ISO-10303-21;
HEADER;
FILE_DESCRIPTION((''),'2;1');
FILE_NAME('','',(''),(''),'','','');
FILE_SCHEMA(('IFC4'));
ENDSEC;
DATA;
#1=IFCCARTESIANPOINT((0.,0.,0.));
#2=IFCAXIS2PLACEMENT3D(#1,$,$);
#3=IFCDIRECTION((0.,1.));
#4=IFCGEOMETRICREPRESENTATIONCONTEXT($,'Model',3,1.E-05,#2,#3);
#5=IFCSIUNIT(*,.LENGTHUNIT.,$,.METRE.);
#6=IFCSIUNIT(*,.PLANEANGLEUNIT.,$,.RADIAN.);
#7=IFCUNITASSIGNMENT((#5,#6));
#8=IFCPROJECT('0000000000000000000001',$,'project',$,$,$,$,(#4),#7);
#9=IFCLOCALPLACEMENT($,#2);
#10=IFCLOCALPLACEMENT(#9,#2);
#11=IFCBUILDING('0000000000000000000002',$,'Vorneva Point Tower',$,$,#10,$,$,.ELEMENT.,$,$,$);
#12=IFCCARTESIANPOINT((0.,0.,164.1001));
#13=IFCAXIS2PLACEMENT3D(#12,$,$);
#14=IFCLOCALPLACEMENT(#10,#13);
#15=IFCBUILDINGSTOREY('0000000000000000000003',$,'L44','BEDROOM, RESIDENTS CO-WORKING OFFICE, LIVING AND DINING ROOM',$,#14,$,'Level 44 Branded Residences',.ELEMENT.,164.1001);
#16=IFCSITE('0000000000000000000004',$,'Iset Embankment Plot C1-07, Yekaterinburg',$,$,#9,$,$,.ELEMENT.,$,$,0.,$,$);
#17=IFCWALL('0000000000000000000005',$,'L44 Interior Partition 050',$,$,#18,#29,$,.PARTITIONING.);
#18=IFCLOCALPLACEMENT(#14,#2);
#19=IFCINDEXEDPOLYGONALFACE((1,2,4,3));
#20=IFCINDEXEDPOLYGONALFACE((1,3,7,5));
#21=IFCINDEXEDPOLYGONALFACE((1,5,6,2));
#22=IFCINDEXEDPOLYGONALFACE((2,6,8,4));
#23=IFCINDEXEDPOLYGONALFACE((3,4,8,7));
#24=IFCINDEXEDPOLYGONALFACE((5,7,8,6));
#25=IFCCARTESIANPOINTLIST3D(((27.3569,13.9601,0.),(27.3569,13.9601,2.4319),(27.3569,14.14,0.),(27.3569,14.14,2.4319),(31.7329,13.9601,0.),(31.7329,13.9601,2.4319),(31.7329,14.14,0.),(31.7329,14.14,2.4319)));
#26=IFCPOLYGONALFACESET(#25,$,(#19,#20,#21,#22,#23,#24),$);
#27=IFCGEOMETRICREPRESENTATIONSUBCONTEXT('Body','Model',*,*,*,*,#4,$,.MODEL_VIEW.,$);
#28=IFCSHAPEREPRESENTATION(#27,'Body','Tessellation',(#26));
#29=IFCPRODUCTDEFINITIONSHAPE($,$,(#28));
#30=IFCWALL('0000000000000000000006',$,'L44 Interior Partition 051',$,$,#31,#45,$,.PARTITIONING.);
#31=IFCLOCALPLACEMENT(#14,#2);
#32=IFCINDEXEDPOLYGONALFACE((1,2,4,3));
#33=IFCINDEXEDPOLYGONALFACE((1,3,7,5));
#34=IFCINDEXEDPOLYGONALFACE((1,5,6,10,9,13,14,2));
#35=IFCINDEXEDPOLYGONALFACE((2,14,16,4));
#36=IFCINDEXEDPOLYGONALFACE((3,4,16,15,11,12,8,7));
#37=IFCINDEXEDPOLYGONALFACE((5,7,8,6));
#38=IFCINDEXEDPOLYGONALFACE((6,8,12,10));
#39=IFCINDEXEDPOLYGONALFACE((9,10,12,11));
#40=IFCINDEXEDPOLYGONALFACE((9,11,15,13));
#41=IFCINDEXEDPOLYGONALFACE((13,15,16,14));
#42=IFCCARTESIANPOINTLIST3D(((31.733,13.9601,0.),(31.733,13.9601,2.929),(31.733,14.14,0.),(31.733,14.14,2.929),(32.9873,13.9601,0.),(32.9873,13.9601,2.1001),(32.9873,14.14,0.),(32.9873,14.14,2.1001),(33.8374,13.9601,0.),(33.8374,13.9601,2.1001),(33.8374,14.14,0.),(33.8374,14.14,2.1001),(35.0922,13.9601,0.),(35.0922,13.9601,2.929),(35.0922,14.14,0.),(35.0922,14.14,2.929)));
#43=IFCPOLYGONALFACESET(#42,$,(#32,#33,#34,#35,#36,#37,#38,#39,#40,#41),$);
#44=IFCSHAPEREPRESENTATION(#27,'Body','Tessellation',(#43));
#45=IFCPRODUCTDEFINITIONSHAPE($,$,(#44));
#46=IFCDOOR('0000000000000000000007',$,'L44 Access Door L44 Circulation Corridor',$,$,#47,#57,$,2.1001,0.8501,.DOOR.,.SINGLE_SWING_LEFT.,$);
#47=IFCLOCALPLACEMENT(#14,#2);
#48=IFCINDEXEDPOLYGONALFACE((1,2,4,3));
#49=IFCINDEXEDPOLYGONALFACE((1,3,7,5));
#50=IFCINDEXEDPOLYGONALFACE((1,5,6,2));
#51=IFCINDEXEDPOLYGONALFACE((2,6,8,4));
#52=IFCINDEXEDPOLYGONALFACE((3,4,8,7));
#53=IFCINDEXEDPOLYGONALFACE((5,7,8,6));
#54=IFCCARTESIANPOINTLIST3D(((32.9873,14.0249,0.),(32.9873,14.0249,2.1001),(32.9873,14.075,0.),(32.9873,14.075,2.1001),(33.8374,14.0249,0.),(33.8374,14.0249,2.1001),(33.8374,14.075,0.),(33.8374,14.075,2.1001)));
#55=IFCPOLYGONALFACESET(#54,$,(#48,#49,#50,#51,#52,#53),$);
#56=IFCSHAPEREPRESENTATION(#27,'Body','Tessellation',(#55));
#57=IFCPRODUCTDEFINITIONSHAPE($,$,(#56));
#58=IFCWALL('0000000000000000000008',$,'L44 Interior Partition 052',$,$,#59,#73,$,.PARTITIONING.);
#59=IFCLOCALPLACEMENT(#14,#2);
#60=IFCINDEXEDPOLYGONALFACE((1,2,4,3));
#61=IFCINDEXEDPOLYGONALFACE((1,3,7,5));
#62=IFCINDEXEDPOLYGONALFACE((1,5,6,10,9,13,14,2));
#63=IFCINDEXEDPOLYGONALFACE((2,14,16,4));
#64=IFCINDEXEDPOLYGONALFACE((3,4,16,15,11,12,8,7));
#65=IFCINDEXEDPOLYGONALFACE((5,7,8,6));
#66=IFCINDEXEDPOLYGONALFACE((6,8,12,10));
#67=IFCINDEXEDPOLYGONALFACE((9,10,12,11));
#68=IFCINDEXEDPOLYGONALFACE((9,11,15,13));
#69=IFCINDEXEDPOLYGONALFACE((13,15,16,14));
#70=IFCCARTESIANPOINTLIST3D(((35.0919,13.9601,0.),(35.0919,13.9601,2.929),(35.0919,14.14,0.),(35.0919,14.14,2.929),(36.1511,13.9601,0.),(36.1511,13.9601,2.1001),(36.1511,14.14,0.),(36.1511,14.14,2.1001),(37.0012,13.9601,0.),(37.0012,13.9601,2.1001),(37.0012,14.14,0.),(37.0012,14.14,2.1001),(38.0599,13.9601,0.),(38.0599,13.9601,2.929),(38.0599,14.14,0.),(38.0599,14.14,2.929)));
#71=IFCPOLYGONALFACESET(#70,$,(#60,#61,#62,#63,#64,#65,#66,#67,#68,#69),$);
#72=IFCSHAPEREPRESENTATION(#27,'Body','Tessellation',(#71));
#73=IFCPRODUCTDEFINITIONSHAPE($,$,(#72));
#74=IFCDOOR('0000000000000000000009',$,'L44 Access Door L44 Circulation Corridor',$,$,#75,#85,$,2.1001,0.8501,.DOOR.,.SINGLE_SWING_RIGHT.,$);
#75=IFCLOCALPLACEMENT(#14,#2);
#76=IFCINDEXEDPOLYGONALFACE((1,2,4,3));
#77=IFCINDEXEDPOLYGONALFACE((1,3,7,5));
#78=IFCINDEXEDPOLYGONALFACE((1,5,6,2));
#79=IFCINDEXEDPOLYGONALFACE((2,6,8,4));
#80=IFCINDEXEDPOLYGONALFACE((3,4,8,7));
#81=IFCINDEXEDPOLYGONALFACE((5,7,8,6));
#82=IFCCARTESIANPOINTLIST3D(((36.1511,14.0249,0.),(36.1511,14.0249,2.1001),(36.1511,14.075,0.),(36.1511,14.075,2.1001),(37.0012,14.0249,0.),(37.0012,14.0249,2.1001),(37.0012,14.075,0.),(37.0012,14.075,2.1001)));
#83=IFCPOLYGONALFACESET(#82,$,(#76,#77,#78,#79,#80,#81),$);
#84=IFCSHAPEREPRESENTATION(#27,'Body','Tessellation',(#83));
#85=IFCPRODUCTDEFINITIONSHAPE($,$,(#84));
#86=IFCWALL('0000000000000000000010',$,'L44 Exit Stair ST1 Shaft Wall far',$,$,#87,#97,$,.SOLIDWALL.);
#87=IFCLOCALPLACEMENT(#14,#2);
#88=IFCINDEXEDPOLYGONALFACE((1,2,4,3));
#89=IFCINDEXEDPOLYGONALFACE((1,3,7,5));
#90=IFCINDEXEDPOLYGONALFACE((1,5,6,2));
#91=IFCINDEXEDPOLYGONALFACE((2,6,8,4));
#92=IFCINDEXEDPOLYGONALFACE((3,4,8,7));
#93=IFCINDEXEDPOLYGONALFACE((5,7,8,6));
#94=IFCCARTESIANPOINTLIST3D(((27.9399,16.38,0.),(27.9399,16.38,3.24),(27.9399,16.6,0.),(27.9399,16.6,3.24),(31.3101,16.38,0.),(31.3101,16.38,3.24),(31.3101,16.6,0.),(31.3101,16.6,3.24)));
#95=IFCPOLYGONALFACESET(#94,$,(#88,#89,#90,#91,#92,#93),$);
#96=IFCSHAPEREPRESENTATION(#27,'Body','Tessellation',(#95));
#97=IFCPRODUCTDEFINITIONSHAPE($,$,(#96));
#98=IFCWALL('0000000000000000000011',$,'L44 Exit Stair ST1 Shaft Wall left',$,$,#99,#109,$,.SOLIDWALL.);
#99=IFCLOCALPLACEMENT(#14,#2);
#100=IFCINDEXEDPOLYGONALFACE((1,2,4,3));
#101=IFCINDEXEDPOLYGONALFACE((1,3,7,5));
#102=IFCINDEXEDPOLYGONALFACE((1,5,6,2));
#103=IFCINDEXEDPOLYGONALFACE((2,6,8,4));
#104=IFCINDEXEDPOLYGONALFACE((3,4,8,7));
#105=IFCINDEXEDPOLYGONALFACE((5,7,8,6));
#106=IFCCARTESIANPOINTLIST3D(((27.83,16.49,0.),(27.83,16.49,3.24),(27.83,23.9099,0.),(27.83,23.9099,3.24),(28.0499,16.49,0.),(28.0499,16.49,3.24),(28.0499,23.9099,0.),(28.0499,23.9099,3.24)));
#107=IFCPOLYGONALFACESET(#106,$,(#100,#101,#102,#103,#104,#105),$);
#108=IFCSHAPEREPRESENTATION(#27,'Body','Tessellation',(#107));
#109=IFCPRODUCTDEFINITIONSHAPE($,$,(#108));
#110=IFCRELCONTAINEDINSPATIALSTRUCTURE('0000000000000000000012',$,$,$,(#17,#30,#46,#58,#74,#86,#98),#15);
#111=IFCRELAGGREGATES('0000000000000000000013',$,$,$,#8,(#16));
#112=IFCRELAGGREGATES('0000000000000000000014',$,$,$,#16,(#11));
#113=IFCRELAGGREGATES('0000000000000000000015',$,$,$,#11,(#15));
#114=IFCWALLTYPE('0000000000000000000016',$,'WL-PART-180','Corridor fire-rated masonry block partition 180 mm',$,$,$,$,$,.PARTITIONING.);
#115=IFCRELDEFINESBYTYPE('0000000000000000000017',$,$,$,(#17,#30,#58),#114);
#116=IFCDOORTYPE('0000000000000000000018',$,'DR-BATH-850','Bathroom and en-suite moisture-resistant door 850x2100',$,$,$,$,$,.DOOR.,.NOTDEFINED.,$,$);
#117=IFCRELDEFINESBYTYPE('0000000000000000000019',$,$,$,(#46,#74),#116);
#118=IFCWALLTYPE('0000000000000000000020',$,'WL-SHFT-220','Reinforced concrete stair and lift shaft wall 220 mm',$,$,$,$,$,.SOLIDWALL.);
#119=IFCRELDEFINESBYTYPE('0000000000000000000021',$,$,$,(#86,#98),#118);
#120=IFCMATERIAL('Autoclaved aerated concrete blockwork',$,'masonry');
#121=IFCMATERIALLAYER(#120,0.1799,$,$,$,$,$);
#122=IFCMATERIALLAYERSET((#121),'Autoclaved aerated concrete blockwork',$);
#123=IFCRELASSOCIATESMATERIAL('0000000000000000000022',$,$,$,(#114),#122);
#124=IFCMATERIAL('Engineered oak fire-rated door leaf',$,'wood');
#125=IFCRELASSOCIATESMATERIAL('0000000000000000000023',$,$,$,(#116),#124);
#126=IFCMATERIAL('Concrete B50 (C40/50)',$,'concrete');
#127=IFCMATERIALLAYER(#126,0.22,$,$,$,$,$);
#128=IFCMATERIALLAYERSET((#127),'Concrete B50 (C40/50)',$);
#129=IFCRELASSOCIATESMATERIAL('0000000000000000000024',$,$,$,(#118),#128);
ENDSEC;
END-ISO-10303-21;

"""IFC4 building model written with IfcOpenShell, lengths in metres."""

from ifc_helpers import new_model, si_unit, direction, frame, frame_2d, origin, place, context, subcontext, project, spatial, rectangle, extrude, material, layer, layer_set, type_object, element, fill, save


model = new_model("IFC4")

# Units and contexts
model_context = context("Model", 3, precision=1e-05, world=origin(), true_north=direction((0.0, 1.0)))
body_context = subcontext(model_context, "Body", "Model", "MODEL_VIEW")
ifc_project = project(units=[si_unit("LENGTHUNIT", "METRE"), si_unit("PLANEANGLEUNIT", "RADIAN")], contexts=[model_context])

# Site, building, storey
site_placement = place(None, origin())
site = spatial("IfcSite", under=ifc_project, at=site_placement, Name="Iset Embankment Plot C1-07, Yekaterinburg", CompositionType="ELEMENT", RefElevation=0.0)
building_placement = place(site_placement, origin())
building = spatial("IfcBuilding", under=site, at=building_placement, Name="Vorneva Point Tower", CompositionType="ELEMENT")
storey_placement = place(building_placement, frame((0.0, 0.0, 164.1001)))
storey = spatial("IfcBuildingStorey", under=building, at=storey_placement, Name="L44", Description="BEDROOM, RESIDENTS CO-WORKING OFFICE, LIVING AND DINING ROOM", LongName="Level 44 Branded Residences", CompositionType="ELEMENT", Elevation=164.1001)

# Shared definitions
ifc_material_1 = material(Name="Engineered oak fire-rated door leaf", Category="wood")

# Shared definitions
ifc_material_2 = material(Name="Autoclaved aerated concrete blockwork", Category="masonry")
ifc_layer_1 = layer(ifc_material_2, 0.1799)
ifc_layer_set_1 = layer_set([ifc_layer_1], Name="Autoclaved aerated concrete blockwork")
wall_type_1 = type_object("IfcWallType", Name="WL-PART-180", Description="Corridor fire-rated masonry block partition 180 mm", PredefinedType="PARTITIONING", material=ifc_layer_set_1)

# Shared definitions
door_type_1 = type_object("IfcDoorType", Name="DR-BATH-850", Description="Bathroom and en-suite moisture-resistant door 850x2100", OperationType="NOTDEFINED", PredefinedType="DOOR", material=ifc_material_1)

# Wall
wall_1_placement = place(storey_placement, frame((27.3569, 14.05, 0.0), z_axis=(0.0, 0.0, 1.0), x_axis=(1.0, 0.0, 0.0)))
element("IfcWall", 1, at=wall_1_placement, inside=storey, type_object=wall_type_1, Name="L44 Interior Partition 050", PredefinedType="PARTITIONING", context=body_context, shape_type="SweptSolid", body=[
    extrude(rectangle(XDim=4.376, YDim=0.1799, at=frame_2d((2.188, 0.0))), origin(), (0.0, 0.0, 1.0), 2.4319),
])

# Walls, openings, doors
wall_2_placement = place(storey_placement, frame((31.7329, 14.05, 0.0), z_axis=(0.0, 0.0, 1.0), x_axis=(1.0, 0.0, 0.0)))
wall_2 = element("IfcWall", 2, at=wall_2_placement, inside=storey, type_object=wall_type_1, Name="L44 Interior Partition 051", PredefinedType="PARTITIONING", context=body_context, shape_type="SweptSolid", body=[
    extrude(rectangle(XDim=3.3591, YDim=0.1799, at=frame_2d((1.6797, 0.0))), origin(), (0.0, 0.0, 1.0), 2.929),
])
opening_1_placement = place(wall_2_placement, frame((1.2544, 0.0, 0.0)))
opening_1 = element("IfcOpeningElement", 3, at=opening_1_placement, cuts=wall_2, PredefinedType="OPENING", context=body_context, shape_type="SweptSolid", body=[
    extrude(rectangle(XDim=0.8501, YDim=2.1001, at=frame_2d((0.425, 1.05))), frame((0.0, 0.105, 0.0), z_axis=(0.0, -1.0, 0.0), x_axis=(1.0, 0.0, 0.0)), (0.0, 0.0, 1.0), 0.2097),
])
door_1_placement = place(opening_1_placement, origin())
door_1 = element("IfcDoor", 4, at=door_1_placement, inside=storey, type_object=door_type_1, Name="L44 Access Door L44 Circulation Corridor", OperationType="SINGLE_SWING_LEFT", OverallHeight=2.1001, OverallWidth=0.8501, PredefinedType="DOOR", context=body_context, shape_type="SweptSolid", body=[
    extrude(rectangle(XDim=0.8501, YDim=2.1001, at=frame_2d((0.425, 1.05))), frame((0.0, 0.0249, 0.0), z_axis=(0.0, -1.0, 0.0), x_axis=(1.0, 0.0, 0.0)), (0.0, 0.0, 1.0), 0.05),
])
fill(opening_1, door_1)
wall_3_placement = place(storey_placement, frame((35.092, 14.05, 0.0), z_axis=(0.0, 0.0, 1.0), x_axis=(1.0, 0.0, 0.0)))
wall_3 = element("IfcWall", 5, at=wall_3_placement, inside=storey, type_object=wall_type_1, Name="L44 Interior Partition 052", PredefinedType="PARTITIONING", context=body_context, shape_type="SweptSolid", body=[
    extrude(rectangle(XDim=2.968, YDim=0.1799, at=frame_2d((1.4839, 0.0))), origin(), (0.0, 0.0, 1.0), 2.929),
])
opening_2_placement = place(wall_3_placement, frame((1.0591, 0.0, 0.0)))
opening_2 = element("IfcOpeningElement", 6, at=opening_2_placement, cuts=wall_3, PredefinedType="OPENING", context=body_context, shape_type="SweptSolid", body=[
    extrude(rectangle(XDim=0.8501, YDim=2.1001, at=frame_2d((0.425, 1.05))), frame((0.0, 0.105, 0.0), z_axis=(0.0, -1.0, 0.0), x_axis=(1.0, 0.0, 0.0)), (0.0, 0.0, 1.0), 0.2097),
])
door_2_placement = place(opening_2_placement, origin())
door_2 = element("IfcDoor", 7, at=door_2_placement, inside=storey, type_object=door_type_1, Name="L44 Access Door L44 Circulation Corridor", OperationType="SINGLE_SWING_RIGHT", OverallHeight=2.1001, OverallWidth=0.8501, PredefinedType="DOOR", context=body_context, shape_type="SweptSolid", body=[
    extrude(rectangle(XDim=0.8501, YDim=2.1001, at=frame_2d((0.425, 1.05))), frame((0.0, 0.0249, 0.0), z_axis=(0.0, -1.0, 0.0), x_axis=(1.0, 0.0, 0.0)), (0.0, 0.0, 1.0), 0.05),
])
fill(opening_2, door_2)

# Walls
ifc_material_3 = material(Name="Concrete B50 (C40/50)", Category="concrete")
ifc_layer_2 = layer(ifc_material_3, 0.22)
ifc_layer_set_2 = layer_set([ifc_layer_2], Name="Concrete B50 (C40/50)")
wall_type_2 = type_object("IfcWallType", Name="WL-SHFT-220", Description="Reinforced concrete stair and lift shaft wall 220 mm", PredefinedType="SOLIDWALL", material=ifc_layer_set_2)
wall_4_placement = place(storey_placement, frame((31.3101, 16.49, 0.0), z_axis=(0.0, 0.0, 1.0), x_axis=(-1.0, 0.0, 0.0)))
element("IfcWall", 8, at=wall_4_placement, inside=storey, type_object=wall_type_2, Name="L44 Exit Stair ST1 Shaft Wall far", PredefinedType="SOLIDWALL", context=body_context, shape_type="SweptSolid", body=[
    extrude(rectangle(XDim=3.3701, YDim=0.22, at=frame_2d((1.6851, 0.0))), origin(), (0.0, 0.0, 1.0), 3.24),
])
wall_5_placement = place(storey_placement, frame((27.9399, 16.49, 0.0), z_axis=(0.0, 0.0, 1.0), x_axis=(0.0, 1.0, 0.0)))
element("IfcWall", 9, at=wall_5_placement, inside=storey, type_object=wall_type_2, Name="L44 Exit Stair ST1 Shaft Wall left", PredefinedType="SOLIDWALL", context=body_context, shape_type="SweptSolid", body=[
    extrude(rectangle(XDim=7.4199, YDim=0.22, at=frame_2d((3.71, 0.0))), origin(), (0.0, 0.0, 1.0), 3.24),
])

save(model, "model.ifc")
